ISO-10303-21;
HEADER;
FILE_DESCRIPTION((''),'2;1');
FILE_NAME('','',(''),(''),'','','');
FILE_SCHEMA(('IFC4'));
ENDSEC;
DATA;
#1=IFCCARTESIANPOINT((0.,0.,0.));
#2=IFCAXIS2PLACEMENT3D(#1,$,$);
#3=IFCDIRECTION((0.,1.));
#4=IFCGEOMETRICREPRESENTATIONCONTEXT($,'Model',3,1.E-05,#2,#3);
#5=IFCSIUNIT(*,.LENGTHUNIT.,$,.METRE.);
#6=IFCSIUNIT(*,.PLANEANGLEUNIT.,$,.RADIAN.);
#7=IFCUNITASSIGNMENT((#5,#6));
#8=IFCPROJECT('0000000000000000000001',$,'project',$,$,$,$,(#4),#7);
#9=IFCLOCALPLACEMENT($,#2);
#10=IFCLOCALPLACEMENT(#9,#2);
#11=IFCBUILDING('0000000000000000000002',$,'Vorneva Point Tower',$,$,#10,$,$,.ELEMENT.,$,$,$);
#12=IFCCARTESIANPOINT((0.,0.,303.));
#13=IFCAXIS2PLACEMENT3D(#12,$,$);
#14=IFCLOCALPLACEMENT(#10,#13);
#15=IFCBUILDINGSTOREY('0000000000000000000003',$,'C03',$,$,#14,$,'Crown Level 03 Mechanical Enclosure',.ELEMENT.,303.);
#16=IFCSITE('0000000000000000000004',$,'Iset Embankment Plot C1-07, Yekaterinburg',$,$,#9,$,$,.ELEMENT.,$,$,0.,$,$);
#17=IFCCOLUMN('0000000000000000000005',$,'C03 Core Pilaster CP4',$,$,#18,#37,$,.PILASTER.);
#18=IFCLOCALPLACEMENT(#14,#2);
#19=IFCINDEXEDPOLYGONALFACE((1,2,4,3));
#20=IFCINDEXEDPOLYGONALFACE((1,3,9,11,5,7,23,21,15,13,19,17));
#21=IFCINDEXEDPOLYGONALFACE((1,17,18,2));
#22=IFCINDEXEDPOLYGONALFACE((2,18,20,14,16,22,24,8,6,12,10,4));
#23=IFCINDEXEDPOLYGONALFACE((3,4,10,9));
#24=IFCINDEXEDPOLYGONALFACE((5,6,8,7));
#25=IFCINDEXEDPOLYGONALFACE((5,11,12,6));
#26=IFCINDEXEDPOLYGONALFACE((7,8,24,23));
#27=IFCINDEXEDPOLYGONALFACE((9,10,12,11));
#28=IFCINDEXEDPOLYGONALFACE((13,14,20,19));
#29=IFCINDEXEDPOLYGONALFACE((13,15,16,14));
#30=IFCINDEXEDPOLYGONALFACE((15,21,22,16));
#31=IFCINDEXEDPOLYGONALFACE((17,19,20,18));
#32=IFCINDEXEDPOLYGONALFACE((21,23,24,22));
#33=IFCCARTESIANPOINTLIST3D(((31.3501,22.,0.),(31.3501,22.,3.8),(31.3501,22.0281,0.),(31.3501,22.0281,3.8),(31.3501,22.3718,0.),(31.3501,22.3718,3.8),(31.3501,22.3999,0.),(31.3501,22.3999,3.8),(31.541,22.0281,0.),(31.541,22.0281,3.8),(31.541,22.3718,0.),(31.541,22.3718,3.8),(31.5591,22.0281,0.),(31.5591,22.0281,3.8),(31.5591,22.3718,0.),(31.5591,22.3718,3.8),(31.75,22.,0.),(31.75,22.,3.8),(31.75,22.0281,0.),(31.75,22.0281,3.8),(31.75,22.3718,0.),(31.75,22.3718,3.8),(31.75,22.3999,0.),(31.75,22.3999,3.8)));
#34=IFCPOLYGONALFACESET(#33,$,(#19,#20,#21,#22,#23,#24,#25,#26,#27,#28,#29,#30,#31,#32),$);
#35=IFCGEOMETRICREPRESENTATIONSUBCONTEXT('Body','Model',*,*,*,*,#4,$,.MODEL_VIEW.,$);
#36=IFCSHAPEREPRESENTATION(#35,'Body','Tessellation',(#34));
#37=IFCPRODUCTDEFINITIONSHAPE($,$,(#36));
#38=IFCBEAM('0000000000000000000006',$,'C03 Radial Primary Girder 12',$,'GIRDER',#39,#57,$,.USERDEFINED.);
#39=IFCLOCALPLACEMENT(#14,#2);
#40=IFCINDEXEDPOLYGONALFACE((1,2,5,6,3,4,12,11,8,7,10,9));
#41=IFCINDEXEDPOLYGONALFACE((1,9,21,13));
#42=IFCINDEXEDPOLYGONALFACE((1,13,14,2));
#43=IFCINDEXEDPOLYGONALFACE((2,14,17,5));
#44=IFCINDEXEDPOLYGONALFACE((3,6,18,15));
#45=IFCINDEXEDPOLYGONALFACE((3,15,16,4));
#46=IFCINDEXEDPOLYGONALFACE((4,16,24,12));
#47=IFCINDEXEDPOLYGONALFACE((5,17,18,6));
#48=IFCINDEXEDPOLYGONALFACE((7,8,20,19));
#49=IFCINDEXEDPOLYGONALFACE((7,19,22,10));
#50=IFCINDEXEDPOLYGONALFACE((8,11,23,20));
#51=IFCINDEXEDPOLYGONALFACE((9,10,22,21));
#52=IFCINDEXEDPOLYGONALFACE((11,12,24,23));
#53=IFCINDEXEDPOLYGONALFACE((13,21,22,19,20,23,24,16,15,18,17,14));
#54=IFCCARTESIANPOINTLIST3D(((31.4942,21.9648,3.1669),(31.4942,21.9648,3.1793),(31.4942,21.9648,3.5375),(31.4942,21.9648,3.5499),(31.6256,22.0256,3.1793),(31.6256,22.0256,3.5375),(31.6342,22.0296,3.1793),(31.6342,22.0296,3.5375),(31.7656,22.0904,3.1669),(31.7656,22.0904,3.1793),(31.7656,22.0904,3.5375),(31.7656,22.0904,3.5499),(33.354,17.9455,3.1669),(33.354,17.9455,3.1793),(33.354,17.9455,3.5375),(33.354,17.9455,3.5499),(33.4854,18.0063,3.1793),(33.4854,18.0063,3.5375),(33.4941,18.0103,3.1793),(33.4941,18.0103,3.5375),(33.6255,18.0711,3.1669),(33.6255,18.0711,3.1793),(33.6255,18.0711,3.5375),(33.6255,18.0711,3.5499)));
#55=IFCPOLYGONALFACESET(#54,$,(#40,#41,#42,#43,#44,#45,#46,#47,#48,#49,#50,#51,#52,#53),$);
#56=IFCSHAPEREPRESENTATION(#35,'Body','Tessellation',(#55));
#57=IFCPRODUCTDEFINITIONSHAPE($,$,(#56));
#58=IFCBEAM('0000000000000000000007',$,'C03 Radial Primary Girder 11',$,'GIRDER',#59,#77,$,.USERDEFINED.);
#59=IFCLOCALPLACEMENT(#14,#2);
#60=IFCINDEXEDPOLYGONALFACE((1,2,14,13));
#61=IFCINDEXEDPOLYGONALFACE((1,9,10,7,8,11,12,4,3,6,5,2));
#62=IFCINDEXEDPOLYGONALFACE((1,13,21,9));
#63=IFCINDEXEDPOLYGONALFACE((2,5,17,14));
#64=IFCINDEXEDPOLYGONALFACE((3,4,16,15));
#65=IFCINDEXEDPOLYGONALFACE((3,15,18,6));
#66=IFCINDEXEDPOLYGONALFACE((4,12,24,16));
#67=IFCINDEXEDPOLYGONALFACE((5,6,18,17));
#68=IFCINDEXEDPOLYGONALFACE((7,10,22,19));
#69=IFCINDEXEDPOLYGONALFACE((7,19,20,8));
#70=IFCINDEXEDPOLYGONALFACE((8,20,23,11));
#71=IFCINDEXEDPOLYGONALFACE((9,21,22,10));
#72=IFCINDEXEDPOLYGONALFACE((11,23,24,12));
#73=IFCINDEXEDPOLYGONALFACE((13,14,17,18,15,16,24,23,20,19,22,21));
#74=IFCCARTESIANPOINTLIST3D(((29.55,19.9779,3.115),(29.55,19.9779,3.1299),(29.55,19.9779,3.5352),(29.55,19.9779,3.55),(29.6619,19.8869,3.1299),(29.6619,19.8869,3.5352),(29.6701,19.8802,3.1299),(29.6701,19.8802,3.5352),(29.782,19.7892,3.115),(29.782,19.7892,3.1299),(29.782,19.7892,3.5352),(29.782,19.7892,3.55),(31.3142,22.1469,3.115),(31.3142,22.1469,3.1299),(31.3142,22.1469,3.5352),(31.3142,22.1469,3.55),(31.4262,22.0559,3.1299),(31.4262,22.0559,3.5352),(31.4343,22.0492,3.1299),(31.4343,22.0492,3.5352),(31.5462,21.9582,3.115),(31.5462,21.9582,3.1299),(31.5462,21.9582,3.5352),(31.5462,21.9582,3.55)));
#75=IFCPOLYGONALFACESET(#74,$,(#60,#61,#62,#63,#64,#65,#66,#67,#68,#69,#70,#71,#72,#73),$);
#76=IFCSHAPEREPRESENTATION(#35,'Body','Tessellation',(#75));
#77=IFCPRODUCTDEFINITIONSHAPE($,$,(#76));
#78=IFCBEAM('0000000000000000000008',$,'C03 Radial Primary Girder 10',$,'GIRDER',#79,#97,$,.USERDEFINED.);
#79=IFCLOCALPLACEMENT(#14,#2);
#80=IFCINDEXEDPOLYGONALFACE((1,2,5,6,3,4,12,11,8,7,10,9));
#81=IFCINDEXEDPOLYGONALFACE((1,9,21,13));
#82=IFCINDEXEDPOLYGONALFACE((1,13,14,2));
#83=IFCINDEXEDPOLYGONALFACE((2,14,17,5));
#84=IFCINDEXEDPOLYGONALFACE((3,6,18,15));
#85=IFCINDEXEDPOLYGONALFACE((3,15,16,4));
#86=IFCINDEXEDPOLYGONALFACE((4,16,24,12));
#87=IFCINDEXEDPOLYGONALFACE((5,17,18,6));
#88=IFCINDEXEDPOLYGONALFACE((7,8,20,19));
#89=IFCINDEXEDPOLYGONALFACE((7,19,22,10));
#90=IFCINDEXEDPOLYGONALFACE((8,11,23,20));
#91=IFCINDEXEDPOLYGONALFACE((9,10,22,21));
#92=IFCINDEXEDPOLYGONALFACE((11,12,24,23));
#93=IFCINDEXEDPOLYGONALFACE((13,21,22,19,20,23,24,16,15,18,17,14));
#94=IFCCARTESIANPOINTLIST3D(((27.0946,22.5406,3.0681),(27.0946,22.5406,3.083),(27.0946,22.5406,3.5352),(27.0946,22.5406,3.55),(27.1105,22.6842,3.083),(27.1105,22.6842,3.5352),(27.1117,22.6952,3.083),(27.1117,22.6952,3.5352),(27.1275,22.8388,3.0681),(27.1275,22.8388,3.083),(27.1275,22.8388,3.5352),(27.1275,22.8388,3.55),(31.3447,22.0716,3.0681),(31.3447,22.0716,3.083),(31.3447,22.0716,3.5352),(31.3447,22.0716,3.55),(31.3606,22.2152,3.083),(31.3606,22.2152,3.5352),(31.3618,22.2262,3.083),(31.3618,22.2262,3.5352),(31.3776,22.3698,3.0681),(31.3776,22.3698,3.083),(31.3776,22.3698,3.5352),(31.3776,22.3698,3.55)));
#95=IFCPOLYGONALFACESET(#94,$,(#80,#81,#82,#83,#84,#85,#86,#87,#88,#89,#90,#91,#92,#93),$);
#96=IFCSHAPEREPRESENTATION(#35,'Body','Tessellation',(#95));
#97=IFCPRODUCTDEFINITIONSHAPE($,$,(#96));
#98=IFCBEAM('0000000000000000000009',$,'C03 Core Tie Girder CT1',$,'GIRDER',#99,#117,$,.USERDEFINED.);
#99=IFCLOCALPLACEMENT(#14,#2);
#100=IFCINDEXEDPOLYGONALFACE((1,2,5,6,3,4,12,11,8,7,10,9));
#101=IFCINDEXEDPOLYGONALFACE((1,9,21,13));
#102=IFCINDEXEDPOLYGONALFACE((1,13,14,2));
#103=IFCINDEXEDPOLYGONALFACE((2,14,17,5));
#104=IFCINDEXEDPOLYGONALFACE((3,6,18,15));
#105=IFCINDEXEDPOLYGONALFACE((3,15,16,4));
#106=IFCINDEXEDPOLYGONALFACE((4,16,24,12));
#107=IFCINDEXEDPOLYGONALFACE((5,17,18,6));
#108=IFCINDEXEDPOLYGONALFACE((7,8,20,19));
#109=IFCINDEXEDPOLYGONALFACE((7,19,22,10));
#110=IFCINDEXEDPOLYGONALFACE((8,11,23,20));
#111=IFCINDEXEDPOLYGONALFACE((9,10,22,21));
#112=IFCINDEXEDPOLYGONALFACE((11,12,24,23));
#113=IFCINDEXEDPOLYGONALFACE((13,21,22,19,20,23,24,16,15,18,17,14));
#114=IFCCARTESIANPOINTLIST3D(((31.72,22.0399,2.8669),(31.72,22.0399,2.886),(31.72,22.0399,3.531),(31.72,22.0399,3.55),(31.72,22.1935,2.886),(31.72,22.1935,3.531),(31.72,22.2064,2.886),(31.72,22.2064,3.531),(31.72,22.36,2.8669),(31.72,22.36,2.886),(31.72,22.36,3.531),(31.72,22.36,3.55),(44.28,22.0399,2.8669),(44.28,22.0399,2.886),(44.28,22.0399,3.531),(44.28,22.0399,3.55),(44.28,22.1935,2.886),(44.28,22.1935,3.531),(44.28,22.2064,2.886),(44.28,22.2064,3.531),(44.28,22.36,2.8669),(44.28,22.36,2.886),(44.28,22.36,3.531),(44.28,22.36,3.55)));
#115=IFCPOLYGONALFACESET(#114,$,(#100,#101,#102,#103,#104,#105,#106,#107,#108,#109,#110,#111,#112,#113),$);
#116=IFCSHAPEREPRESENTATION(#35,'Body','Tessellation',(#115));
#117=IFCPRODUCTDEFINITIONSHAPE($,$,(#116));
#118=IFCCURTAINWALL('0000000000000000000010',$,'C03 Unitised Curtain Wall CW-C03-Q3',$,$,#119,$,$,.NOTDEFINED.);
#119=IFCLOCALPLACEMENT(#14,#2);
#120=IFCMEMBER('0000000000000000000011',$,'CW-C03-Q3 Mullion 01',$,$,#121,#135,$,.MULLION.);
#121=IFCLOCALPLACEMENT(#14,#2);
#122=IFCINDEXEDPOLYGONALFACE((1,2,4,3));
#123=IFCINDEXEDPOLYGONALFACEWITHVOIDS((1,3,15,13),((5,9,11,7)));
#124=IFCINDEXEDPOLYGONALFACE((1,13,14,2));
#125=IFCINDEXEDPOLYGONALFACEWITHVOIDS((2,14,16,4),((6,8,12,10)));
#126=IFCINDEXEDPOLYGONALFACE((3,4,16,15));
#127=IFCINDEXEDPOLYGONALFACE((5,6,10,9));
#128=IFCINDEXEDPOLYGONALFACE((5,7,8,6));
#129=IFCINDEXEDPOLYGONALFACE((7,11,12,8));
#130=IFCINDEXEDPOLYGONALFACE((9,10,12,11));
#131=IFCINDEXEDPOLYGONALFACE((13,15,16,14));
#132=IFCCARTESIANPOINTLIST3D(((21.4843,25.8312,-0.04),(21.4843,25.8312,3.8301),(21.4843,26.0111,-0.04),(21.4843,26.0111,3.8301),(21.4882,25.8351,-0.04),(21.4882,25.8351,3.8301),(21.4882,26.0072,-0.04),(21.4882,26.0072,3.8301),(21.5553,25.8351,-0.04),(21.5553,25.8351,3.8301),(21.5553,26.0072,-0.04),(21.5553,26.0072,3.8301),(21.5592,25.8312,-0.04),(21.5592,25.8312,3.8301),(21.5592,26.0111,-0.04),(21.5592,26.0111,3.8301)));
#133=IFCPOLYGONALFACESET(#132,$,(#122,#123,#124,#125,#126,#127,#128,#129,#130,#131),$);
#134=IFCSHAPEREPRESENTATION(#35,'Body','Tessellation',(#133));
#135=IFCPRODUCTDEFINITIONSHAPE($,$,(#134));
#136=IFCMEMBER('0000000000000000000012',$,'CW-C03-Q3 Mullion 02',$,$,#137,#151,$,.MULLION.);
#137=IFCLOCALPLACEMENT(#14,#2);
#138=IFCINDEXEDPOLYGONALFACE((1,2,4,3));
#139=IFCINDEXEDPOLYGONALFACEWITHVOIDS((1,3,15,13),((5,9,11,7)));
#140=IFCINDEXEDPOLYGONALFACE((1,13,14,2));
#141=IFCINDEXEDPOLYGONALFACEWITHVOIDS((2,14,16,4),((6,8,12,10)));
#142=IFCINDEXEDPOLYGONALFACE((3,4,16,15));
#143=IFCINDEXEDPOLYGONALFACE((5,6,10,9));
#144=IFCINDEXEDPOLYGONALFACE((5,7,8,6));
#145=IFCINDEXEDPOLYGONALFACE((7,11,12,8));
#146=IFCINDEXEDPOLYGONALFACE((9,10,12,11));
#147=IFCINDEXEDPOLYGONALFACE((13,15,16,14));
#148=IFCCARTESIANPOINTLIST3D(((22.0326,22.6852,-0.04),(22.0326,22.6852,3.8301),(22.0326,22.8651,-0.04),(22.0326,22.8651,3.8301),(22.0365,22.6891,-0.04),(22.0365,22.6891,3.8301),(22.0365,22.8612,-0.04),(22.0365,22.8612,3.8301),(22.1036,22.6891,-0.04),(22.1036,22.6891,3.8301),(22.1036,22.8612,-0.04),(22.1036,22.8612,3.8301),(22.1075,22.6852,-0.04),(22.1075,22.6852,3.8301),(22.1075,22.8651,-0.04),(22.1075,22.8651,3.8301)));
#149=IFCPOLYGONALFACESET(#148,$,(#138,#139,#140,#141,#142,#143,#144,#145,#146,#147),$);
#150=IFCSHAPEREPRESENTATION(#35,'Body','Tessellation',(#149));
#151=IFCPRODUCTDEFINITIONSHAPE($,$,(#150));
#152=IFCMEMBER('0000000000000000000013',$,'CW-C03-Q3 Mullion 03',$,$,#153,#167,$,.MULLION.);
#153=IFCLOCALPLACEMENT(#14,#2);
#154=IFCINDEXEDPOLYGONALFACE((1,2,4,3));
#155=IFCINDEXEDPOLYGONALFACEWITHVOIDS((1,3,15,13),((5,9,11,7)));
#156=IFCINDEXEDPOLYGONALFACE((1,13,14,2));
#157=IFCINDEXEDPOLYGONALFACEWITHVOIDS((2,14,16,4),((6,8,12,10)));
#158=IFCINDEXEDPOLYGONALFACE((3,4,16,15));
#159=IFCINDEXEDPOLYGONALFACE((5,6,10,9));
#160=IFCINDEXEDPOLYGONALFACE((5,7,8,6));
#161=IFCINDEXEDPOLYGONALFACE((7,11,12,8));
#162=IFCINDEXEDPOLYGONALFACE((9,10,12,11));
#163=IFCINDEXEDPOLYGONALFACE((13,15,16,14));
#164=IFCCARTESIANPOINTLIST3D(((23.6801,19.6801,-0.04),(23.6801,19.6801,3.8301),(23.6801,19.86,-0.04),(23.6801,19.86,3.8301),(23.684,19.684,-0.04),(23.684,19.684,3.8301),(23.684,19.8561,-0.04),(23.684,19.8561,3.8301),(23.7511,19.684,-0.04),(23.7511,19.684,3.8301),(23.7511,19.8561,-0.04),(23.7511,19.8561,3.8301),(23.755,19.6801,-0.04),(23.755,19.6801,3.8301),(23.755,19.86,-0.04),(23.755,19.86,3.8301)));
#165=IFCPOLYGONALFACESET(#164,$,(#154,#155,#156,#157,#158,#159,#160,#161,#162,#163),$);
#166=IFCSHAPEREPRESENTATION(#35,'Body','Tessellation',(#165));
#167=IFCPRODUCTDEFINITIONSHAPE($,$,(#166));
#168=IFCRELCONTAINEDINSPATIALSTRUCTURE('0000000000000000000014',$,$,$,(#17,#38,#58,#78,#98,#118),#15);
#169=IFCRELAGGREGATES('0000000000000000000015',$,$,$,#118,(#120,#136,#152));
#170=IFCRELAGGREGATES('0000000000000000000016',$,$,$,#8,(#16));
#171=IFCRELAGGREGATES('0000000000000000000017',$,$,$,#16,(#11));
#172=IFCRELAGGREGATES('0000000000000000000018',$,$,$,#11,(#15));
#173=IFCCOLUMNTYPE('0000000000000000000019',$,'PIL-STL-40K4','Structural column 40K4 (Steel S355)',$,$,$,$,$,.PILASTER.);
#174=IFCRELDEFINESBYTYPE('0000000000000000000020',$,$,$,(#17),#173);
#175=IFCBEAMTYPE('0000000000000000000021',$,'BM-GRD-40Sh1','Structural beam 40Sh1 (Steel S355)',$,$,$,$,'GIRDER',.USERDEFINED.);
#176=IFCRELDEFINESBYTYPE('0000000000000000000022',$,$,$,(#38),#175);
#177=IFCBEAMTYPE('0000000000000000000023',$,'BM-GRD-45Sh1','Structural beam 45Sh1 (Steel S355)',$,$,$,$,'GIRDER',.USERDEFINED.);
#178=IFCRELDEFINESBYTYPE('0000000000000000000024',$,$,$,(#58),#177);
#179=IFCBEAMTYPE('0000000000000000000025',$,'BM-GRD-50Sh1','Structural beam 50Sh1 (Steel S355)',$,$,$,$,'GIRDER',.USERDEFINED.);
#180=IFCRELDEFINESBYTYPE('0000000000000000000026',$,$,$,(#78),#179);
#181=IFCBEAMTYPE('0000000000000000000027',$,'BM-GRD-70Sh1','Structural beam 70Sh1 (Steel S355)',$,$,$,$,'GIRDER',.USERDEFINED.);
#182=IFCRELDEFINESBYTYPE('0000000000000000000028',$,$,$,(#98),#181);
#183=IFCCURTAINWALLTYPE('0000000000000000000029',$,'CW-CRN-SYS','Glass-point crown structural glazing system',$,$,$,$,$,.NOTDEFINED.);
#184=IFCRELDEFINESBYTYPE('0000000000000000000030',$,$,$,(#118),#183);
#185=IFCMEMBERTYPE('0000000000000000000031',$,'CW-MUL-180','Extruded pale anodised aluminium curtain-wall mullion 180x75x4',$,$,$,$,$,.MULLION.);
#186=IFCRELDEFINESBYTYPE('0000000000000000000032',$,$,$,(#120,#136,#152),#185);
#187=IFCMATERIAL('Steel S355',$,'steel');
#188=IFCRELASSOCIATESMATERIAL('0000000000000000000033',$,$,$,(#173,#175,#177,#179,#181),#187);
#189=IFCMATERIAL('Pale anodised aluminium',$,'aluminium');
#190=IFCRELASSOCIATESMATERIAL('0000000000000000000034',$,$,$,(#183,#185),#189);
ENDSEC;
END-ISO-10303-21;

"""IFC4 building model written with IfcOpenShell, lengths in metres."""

from ifc_helpers import new_model, si_unit, direction, frame, origin, origin_2d, place, context, subcontext, project, spatial, hollow_rectangle, i_section, extrude, material, material_profile, profile_set, type_object, element, aggregate, save


model = new_model("IFC4")

# Units and contexts
model_context = context("Model", 3, precision=1e-05, world=origin(), true_north=direction((0.0, 1.0)))
body_context = subcontext(model_context, "Body", "Model", "MODEL_VIEW")
ifc_project = project(units=[si_unit("LENGTHUNIT", "METRE"), si_unit("PLANEANGLEUNIT", "RADIAN")], contexts=[model_context])

# Site, building, storey
site_placement = place(None, origin())
site = spatial("IfcSite", under=ifc_project, at=site_placement, Name="Iset Embankment Plot C1-07, Yekaterinburg", CompositionType="ELEMENT", RefElevation=0.0)
building_placement = place(site_placement, origin())
building = spatial("IfcBuilding", under=site, at=building_placement, Name="Vorneva Point Tower", CompositionType="ELEMENT")
storey_placement = place(building_placement, frame((0.0, 0.0, 303.0)))
storey = spatial("IfcBuildingStorey", under=building, at=storey_placement, Name="C03", LongName="Crown Level 03 Mechanical Enclosure", CompositionType="ELEMENT", Elevation=303.0)

# Column
ifc_material_1 = material(Name="Steel S355", Category="steel")
ifc_material_profile_1 = material_profile(ifc_material_1, i_section(OverallWidth=0.3999, OverallDepth=0.3999, WebThickness=0.0181, FlangeThickness=0.0281, at=origin_2d()), Name="40K4")
ifc_profile_set_1 = profile_set([ifc_material_profile_1], Name="Steel S355")
column_type = type_object("IfcColumnType", Name="PIL-STL-40K4", Description="Structural column 40K4 (Steel S355)", PredefinedType="PILASTER", material=ifc_profile_set_1)
column_placement = place(storey_placement, frame((31.55, 22.2, 0.0), z_axis=(0.0, 0.0, 1.0), x_axis=(1.0, 0.0, 0.0)))
element("IfcColumn", 1, at=column_placement, inside=storey, type_object=column_type, Name="C03 Core Pilaster CP4", PredefinedType="PILASTER", context=body_context, shape_type="SweptSolid", body=[
    extrude(i_section(OverallWidth=0.3999, OverallDepth=0.3999, WebThickness=0.0181, FlangeThickness=0.0281, at=origin_2d()), origin(), (0.0, 0.0, 1.0), 3.8),
])

# Beams
ifc_material_profile_2 = material_profile(ifc_material_1, i_section(OverallWidth=0.2991, OverallDepth=0.3831, WebThickness=0.0095, FlangeThickness=0.0125, at=origin_2d()), Name="40Sh1")
ifc_profile_set_2 = profile_set([ifc_material_profile_2], Name="Steel S355")
beam_type_1 = type_object("IfcBeamType", Name="BM-GRD-40Sh1", Description="Structural beam 40Sh1 (Steel S355)", ElementType="GIRDER", PredefinedType="USERDEFINED", material=ifc_profile_set_2)
beam_1_placement = place(storey_placement, frame((33.4897, 18.0083, 3.3584), z_axis=(-0.419953, 0.907546, 0.0), x_axis=(-0.907546, -0.419953, 0.0)))
element("IfcBeam", 2, at=beam_1_placement, inside=storey, type_object=beam_type_1, Name="C03 Radial Primary Girder 12", ObjectType="GIRDER", PredefinedType="USERDEFINED", context=body_context, shape_type="SweptSolid", body=[
    extrude(i_section(OverallWidth=0.2991, OverallDepth=0.3831, WebThickness=0.0095, FlangeThickness=0.0125, at=origin_2d()), origin(), (0.0, 0.0, 1.0), 4.4287),
])
ifc_material_profile_3 = material_profile(ifc_material_1, i_section(OverallWidth=0.2991, OverallDepth=0.4351, WebThickness=0.0105, FlangeThickness=0.0149, at=origin_2d()), Name="45Sh1")
ifc_profile_set_3 = profile_set([ifc_material_profile_3], Name="Steel S355")
beam_type_2 = type_object("IfcBeamType", Name="BM-GRD-45Sh1", Description="Structural beam 45Sh1 (Steel S355)", ElementType="GIRDER", PredefinedType="USERDEFINED", material=ifc_profile_set_3)
beam_2_placement = place(storey_placement, frame((29.666, 19.8835, 3.3325), z_axis=(0.631, 0.775783, 0.0), x_axis=(-0.775783, 0.631, 0.0)))
element("IfcBeam", 3, at=beam_2_placement, inside=storey, type_object=beam_type_2, Name="C03 Radial Primary Girder 11", ObjectType="GIRDER", PredefinedType="USERDEFINED", context=body_context, shape_type="SweptSolid", body=[
    extrude(i_section(OverallWidth=0.2991, OverallDepth=0.4351, WebThickness=0.0105, FlangeThickness=0.0149, at=origin_2d()), origin(), (0.0, 0.0, 1.0), 2.7959),
])
ifc_material_profile_4 = material_profile(ifc_material_1, i_section(OverallWidth=0.3, OverallDepth=0.4819, WebThickness=0.011, FlangeThickness=0.0149, at=origin_2d()), Name="50Sh1")
ifc_profile_set_4 = profile_set([ifc_material_profile_4], Name="Steel S355")
beam_type_3 = type_object("IfcBeamType", Name="BM-GRD-50Sh1", Description="Structural beam 50Sh1 (Steel S355)", ElementType="GIRDER", PredefinedType="USERDEFINED", material=ifc_profile_set_4)
beam_3_placement = place(storey_placement, frame((27.1111, 22.6897, 3.3091), z_axis=(0.993966, -0.109686, 0.0), x_axis=(0.109686, 0.993966, 0.0)))
element("IfcBeam", 4, at=beam_3_placement, inside=storey, type_object=beam_type_3, Name="C03 Radial Primary Girder 10", ObjectType="GIRDER", PredefinedType="USERDEFINED", context=body_context, shape_type="SweptSolid", body=[
    extrude(i_section(OverallWidth=0.3, OverallDepth=0.4819, WebThickness=0.011, FlangeThickness=0.0149, at=origin_2d()), origin(), (0.0, 0.0, 1.0), 4.2759),
])
ifc_material_profile_5 = material_profile(ifc_material_1, i_section(OverallWidth=0.3201, OverallDepth=0.6831, WebThickness=0.0129, FlangeThickness=0.019, at=origin_2d()), Name="70Sh1")
ifc_profile_set_5 = profile_set([ifc_material_profile_5], Name="Steel S355")
beam_type_4 = type_object("IfcBeamType", Name="BM-GRD-70Sh1", Description="Structural beam 70Sh1 (Steel S355)", ElementType="GIRDER", PredefinedType="USERDEFINED", material=ifc_profile_set_5)
beam_4_placement = place(storey_placement, frame((31.72, 22.2, 3.2085), z_axis=(1.0, 0.0, 0.0), x_axis=(0.0, 1.0, 0.0)))
element("IfcBeam", 5, at=beam_4_placement, inside=storey, type_object=beam_type_4, Name="C03 Core Tie Girder CT1", ObjectType="GIRDER", PredefinedType="USERDEFINED", context=body_context, shape_type="SweptSolid", body=[
    extrude(i_section(OverallWidth=0.3201, OverallDepth=0.6831, WebThickness=0.0129, FlangeThickness=0.019, at=origin_2d()), origin(), (0.0, 0.0, 1.0), 12.5601),
])

# Curtain wall, members
ifc_material_2 = material(Name="Pale anodised aluminium", Category="aluminium")
curtain_wall_type = type_object("IfcCurtainWallType", Name="CW-CRN-SYS", Description="Glass-point crown structural glazing system", PredefinedType="NOTDEFINED", material=ifc_material_2)
curtain_wall_placement = place(storey_placement, origin())
curtain_wall = element("IfcCurtainWall", 6, at=curtain_wall_placement, inside=storey, type_object=curtain_wall_type, Name="C03 Unitised Curtain Wall CW-C03-Q3", PredefinedType="NOTDEFINED")
ifc_material_profile_6 = material_profile(ifc_material_2, hollow_rectangle(XDim=0.075, YDim=0.1799, WallThickness=0.0039, at=origin_2d()), Name="AL-MUL 180x75x4")
ifc_profile_set_6 = profile_set([ifc_material_profile_6], Name="Pale anodised aluminium")
member_type_1 = type_object("IfcMemberType", Name="CW-MUL-180", Description="Extruded pale anodised aluminium curtain-wall mullion 180x75x4", PredefinedType="MULLION", material=ifc_profile_set_6)
member_1_placement = place(storey_placement, frame((21.5217, 25.9211, -0.04), z_axis=(0.0, 0.0, 1.0), x_axis=(1.0, 0.0, 0.0)))
member_1 = element("IfcMember", 7, at=member_1_placement, type_object=member_type_1, Name="CW-C03-Q3 Mullion 01", PredefinedType="MULLION", context=body_context, shape_type="SweptSolid", body=[
    extrude(hollow_rectangle(XDim=0.075, YDim=0.1799, WallThickness=0.0039, at=origin_2d()), origin(), (0.0, 0.0, 1.0), 3.8701),
])
member_2_placement = place(storey_placement, frame((22.0701, 22.7751, -0.04), z_axis=(0.0, 0.0, 1.0), x_axis=(1.0, 0.0, 0.0)))
member_2 = element("IfcMember", 8, at=member_2_placement, type_object=member_type_1, Name="CW-C03-Q3 Mullion 02", PredefinedType="MULLION", context=body_context, shape_type="SweptSolid", body=[
    extrude(hollow_rectangle(XDim=0.075, YDim=0.1799, WallThickness=0.0039, at=origin_2d()), origin(), (0.0, 0.0, 1.0), 3.8701),
])
member_3_placement = place(storey_placement, frame((23.7175, 19.77, -0.04), z_axis=(0.0, 0.0, 1.0), x_axis=(1.0, 0.0, 0.0)))
member_3 = element("IfcMember", 9, at=member_3_placement, type_object=member_type_1, Name="CW-C03-Q3 Mullion 03", PredefinedType="MULLION", context=body_context, shape_type="SweptSolid", body=[
    extrude(hollow_rectangle(XDim=0.075, YDim=0.1799, WallThickness=0.0039, at=origin_2d()), origin(), (0.0, 0.0, 1.0), 3.8701),
])

aggregate(curtain_wall, [member_1, member_2, member_3])

save(model, "model.ifc")
